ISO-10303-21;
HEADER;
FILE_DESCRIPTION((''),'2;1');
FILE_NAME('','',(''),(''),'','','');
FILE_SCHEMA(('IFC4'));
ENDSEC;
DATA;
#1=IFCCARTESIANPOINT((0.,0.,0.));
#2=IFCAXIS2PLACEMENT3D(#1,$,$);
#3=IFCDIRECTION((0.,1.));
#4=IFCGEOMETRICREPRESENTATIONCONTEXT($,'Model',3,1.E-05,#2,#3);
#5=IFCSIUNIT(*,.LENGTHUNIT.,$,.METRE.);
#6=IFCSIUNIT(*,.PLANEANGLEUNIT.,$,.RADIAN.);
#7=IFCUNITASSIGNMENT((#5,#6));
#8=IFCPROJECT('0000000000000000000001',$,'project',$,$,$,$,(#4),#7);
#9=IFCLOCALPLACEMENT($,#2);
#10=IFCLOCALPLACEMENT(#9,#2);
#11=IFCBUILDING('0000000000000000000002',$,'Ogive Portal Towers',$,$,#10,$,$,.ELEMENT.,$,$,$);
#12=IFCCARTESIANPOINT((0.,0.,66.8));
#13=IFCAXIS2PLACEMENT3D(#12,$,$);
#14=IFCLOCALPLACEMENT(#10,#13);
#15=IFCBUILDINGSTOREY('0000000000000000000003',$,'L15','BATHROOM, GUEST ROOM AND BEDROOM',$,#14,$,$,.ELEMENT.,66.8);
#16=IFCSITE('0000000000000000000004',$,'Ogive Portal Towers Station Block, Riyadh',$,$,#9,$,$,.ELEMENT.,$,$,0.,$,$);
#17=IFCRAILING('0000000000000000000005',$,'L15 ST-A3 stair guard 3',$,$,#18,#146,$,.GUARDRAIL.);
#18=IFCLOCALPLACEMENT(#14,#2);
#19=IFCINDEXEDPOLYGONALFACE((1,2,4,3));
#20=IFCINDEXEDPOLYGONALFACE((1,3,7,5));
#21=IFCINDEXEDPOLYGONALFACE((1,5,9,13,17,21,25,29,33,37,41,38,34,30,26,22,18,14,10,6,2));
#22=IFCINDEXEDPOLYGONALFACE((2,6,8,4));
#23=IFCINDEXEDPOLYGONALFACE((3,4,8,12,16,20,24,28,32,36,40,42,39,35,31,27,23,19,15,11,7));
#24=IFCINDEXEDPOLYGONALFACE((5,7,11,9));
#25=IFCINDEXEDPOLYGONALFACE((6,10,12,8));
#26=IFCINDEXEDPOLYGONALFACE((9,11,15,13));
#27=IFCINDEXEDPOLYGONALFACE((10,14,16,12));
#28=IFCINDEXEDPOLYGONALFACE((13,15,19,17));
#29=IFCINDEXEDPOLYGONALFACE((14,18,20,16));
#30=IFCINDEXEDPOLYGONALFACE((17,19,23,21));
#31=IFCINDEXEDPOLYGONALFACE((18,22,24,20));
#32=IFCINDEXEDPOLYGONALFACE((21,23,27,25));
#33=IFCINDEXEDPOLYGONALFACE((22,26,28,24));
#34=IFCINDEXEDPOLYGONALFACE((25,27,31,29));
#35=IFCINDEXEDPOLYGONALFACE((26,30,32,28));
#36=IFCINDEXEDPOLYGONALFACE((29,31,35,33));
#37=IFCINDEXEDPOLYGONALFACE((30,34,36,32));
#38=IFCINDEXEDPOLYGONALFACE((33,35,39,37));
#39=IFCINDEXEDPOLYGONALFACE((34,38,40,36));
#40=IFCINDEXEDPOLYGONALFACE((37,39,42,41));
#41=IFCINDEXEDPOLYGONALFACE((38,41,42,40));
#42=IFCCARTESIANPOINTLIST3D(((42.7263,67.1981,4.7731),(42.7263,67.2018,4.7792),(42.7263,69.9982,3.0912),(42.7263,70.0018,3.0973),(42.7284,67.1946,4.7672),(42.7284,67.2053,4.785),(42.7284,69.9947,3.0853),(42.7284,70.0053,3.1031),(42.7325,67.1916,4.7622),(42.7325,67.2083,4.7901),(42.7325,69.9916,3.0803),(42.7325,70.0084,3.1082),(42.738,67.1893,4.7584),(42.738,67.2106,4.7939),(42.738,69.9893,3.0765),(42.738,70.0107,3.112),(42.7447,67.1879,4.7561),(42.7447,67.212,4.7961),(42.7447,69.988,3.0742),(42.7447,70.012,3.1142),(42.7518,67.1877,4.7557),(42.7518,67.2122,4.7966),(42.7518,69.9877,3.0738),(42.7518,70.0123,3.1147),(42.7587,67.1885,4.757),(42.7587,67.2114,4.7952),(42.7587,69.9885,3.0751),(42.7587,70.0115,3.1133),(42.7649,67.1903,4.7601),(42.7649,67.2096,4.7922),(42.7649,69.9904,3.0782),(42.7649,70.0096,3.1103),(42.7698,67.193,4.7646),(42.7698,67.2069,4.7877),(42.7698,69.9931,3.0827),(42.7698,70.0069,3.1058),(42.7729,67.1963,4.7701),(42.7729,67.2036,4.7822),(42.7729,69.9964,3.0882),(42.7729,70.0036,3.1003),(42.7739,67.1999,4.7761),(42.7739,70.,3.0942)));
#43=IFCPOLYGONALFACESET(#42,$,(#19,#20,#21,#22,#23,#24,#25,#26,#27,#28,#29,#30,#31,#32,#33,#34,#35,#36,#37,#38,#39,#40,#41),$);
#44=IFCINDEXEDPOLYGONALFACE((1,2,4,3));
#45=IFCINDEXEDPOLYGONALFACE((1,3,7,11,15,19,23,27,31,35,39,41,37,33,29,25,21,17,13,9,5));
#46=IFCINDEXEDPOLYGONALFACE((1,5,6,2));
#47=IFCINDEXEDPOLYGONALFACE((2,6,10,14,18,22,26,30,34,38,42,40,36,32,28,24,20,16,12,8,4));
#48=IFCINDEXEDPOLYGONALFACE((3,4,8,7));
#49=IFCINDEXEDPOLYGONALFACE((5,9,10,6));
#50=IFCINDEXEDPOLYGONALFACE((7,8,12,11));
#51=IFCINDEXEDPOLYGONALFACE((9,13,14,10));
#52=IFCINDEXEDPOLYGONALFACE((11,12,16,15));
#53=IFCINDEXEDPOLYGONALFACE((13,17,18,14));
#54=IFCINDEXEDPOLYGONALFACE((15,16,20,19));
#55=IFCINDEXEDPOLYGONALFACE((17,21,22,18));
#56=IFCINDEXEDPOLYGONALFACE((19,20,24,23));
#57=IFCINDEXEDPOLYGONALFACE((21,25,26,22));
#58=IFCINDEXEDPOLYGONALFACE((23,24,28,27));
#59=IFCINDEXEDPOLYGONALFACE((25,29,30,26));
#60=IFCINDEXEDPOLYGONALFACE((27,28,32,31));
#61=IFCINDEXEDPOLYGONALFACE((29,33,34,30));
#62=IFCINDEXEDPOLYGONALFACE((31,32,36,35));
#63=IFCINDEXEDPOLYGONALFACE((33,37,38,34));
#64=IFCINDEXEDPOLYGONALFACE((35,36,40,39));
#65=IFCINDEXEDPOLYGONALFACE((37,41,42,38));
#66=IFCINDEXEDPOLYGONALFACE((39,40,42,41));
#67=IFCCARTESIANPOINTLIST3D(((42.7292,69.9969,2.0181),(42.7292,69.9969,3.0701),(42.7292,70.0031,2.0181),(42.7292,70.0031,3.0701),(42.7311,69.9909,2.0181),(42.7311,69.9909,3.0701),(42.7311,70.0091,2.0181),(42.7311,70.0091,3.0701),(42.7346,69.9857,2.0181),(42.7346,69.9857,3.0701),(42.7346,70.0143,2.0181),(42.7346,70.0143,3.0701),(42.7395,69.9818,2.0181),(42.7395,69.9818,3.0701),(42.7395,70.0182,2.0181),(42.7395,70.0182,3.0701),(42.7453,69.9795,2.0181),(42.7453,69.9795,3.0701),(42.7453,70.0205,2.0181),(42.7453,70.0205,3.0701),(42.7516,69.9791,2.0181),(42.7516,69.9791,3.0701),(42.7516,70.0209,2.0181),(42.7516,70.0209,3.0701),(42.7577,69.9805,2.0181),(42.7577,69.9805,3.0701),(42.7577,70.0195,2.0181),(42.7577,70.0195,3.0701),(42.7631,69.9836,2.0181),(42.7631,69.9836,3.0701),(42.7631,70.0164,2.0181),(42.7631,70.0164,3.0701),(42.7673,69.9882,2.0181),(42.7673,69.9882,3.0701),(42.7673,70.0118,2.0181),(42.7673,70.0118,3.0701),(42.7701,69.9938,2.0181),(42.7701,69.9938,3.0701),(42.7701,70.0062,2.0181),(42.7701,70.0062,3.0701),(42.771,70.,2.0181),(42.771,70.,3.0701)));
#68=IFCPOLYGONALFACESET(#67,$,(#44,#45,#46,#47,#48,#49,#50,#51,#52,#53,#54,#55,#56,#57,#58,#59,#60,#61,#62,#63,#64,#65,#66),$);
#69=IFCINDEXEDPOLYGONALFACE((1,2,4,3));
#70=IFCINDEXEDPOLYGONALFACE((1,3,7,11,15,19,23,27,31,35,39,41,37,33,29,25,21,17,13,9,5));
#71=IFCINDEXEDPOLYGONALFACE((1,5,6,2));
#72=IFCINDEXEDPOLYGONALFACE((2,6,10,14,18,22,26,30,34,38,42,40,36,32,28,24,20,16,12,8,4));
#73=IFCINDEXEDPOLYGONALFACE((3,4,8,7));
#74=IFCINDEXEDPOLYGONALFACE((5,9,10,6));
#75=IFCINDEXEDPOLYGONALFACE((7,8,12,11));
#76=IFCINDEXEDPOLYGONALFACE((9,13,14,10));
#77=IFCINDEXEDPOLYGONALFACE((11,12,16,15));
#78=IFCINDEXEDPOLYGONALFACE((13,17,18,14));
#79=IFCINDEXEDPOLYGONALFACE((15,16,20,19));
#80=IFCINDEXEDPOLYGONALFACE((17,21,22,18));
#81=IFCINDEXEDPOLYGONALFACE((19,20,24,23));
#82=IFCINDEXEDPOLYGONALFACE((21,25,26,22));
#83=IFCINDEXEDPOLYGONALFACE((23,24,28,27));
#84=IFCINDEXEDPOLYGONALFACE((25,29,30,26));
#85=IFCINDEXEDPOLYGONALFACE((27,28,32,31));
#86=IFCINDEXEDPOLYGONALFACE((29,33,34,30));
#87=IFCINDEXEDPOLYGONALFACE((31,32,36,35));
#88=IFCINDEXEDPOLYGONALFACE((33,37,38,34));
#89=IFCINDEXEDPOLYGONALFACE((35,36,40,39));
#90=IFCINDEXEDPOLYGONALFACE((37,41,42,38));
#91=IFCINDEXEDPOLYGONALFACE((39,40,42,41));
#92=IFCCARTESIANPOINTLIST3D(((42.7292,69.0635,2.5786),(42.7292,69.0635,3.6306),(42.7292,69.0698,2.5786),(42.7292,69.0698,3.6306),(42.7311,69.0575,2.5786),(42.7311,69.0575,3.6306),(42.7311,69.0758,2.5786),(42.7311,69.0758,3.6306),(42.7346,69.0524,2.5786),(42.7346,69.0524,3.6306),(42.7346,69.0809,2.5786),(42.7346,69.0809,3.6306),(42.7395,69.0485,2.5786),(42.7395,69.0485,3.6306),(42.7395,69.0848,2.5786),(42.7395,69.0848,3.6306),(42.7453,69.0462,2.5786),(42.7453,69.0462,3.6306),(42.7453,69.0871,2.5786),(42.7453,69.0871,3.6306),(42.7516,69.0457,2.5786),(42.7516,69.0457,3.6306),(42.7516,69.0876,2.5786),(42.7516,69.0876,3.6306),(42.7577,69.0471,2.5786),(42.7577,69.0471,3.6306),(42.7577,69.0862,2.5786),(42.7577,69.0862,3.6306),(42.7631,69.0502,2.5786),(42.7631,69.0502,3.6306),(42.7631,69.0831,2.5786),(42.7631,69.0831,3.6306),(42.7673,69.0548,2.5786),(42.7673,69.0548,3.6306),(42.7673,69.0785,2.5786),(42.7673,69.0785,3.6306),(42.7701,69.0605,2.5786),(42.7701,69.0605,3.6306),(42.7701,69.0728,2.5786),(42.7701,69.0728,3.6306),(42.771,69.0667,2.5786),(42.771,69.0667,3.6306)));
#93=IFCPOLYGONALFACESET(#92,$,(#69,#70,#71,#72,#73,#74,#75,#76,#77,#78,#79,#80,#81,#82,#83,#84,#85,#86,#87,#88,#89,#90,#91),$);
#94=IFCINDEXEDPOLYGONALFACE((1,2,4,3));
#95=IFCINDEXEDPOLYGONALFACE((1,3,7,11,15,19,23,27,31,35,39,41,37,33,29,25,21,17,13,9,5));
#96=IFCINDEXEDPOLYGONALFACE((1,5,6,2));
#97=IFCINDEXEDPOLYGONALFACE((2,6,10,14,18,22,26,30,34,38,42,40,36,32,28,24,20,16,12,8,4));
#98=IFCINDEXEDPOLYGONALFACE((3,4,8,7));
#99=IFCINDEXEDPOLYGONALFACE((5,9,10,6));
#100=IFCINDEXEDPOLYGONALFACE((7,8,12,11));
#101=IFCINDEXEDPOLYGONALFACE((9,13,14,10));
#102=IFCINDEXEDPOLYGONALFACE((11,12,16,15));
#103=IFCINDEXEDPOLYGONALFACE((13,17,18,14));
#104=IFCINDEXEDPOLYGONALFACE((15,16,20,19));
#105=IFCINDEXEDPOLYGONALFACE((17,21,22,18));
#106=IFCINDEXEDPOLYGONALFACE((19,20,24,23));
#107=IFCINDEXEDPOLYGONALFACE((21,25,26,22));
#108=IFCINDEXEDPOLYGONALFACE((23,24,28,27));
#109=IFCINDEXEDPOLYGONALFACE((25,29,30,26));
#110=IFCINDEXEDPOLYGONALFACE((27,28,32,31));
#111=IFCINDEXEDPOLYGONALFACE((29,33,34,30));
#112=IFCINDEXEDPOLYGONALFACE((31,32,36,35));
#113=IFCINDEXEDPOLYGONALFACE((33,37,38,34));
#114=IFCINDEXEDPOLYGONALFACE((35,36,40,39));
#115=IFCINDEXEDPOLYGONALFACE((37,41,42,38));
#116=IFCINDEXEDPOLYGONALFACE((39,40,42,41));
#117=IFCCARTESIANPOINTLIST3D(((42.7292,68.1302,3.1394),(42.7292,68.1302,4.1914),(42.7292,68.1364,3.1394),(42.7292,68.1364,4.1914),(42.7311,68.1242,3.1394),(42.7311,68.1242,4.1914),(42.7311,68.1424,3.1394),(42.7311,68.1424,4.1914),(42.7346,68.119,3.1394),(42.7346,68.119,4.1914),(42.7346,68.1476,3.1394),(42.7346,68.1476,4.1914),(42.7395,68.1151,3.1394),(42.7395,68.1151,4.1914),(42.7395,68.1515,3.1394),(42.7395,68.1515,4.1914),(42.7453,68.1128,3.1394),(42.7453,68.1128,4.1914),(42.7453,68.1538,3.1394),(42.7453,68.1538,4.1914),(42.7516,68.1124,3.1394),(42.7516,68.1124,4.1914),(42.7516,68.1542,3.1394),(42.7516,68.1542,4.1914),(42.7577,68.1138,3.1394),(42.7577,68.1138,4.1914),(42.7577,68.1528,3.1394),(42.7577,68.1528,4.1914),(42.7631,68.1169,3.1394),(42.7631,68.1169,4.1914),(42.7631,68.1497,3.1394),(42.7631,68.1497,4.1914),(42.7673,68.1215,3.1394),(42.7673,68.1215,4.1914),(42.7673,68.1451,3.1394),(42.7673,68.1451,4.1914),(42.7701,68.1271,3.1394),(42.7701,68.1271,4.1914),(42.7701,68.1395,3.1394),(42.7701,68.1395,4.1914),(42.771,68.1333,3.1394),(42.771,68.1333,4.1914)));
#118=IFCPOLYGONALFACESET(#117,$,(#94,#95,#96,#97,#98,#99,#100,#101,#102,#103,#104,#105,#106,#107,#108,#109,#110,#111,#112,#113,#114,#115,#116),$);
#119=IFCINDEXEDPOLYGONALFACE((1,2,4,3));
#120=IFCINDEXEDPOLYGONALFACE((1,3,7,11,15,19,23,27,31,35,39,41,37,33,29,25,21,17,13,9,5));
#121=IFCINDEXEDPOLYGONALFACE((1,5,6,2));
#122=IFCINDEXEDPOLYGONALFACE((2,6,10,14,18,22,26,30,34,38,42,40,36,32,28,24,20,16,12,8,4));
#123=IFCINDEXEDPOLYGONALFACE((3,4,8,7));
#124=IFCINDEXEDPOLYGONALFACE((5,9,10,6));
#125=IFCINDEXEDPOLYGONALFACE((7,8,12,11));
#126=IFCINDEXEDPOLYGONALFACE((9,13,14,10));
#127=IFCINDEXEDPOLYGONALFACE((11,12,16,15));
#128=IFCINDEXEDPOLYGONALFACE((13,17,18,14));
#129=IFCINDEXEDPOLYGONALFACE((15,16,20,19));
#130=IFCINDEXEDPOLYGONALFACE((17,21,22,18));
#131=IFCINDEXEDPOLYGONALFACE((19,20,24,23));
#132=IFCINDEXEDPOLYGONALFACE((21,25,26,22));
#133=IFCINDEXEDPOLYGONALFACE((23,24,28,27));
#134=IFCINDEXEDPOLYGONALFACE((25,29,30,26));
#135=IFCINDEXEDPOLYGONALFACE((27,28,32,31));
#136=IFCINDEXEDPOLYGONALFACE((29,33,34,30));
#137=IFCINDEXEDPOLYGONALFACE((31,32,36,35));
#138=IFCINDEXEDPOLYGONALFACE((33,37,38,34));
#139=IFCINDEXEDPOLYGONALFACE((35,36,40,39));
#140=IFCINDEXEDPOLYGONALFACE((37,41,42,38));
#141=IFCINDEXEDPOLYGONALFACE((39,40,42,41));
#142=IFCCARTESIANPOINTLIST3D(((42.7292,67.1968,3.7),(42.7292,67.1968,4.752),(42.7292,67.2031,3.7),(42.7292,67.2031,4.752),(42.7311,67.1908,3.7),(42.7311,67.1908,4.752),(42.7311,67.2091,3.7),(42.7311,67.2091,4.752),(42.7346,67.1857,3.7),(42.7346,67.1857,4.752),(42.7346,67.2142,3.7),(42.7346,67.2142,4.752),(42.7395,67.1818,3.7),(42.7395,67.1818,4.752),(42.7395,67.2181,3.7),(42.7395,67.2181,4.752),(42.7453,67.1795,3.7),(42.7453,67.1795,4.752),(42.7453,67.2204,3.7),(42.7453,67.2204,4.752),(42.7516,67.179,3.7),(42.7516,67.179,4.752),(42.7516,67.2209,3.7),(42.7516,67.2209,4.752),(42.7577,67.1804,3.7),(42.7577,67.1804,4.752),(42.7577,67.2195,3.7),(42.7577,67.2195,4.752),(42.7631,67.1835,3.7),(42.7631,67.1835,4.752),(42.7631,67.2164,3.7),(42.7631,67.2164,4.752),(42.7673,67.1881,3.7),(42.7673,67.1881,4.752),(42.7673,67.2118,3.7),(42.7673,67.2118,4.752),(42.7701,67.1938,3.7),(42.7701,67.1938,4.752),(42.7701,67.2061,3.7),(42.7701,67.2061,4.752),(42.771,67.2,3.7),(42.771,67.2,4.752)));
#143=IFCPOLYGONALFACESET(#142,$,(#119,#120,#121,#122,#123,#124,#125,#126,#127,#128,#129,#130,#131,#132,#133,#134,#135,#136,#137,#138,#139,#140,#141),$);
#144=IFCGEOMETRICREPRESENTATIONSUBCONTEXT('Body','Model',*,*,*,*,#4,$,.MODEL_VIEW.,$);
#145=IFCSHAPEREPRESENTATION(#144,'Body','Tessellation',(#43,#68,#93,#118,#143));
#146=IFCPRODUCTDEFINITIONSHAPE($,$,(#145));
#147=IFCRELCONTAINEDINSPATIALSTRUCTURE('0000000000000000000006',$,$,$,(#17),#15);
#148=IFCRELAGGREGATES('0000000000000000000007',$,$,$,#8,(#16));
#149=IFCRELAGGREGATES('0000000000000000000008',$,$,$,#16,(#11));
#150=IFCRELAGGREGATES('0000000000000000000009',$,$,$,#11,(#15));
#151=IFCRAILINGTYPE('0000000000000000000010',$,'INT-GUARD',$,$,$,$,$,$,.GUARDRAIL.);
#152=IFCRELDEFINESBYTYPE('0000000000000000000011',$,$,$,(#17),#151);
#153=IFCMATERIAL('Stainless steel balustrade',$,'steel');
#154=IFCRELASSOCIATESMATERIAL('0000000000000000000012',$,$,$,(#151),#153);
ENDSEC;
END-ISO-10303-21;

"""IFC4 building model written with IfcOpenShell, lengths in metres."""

from ifc_helpers import new_model, si_unit, direction, frame, origin, origin_2d, place, context, subcontext, project, spatial, circle, extrude, material, type_object, element, save


model = new_model("IFC4")

# Units and contexts
model_context = context("Model", 3, precision=1e-05, world=origin(), true_north=direction((0.0, 1.0)))
body_context = subcontext(model_context, "Body", "Model", "MODEL_VIEW")
ifc_project = project(units=[si_unit("LENGTHUNIT", "METRE"), si_unit("PLANEANGLEUNIT", "RADIAN")], contexts=[model_context])

# Site, building, storey
site_placement = place(None, origin())
site = spatial("IfcSite", under=ifc_project, at=site_placement, Name="Ogive Portal Towers Station Block, Riyadh", CompositionType="ELEMENT", RefElevation=0.0)
building_placement = place(site_placement, origin())
building = spatial("IfcBuilding", under=site, at=building_placement, Name="Ogive Portal Towers", CompositionType="ELEMENT")
storey_placement = place(building_placement, frame((0.0, 0.0, 66.8)))
storey = spatial("IfcBuildingStorey", under=building, at=storey_placement, Name="L15", Description="BATHROOM, GUEST ROOM AND BEDROOM", CompositionType="ELEMENT", Elevation=66.8)

# Railing
ifc_material_1 = material(Name="Stainless steel balustrade", Category="steel")
railing_type_1 = type_object("IfcRailingType", Name="INT-GUARD", PredefinedType="GUARDRAIL", material=ifc_material_1)
railing_1_placement = place(storey_placement, frame((42.75, 70.0, 2.0181)))
element("IfcRailing", 1, at=railing_1_placement, inside=storey, type_object=railing_type_1, Name="L15 ST-A3 stair guard 3", PredefinedType="GUARDRAIL", context=body_context, shape_type="SweptSolid", body=[
    extrude(circle(Radius=0.0239, at=origin_2d()), frame((0.0, 0.0, 1.0762), z_axis=(0.0, -0.857242, 0.514913), x_axis=(1.0, 0.0, 0.0)), (0.0, 0.0, 1.0), 3.2664),
    extrude(circle(Radius=0.021, at=origin_2d()), origin(), (0.0, 0.0, 1.0), 1.052),
    extrude(circle(Radius=0.021, at=origin_2d()), frame((0.0, -0.9333, 0.5605)), (0.0, 0.0, 1.0), 1.052),
    extrude(circle(Radius=0.021, at=origin_2d()), frame((0.0, -1.8667, 1.1213)), (0.0, 0.0, 1.0), 1.052),
    extrude(circle(Radius=0.021, at=origin_2d()), frame((0.0, -2.8, 1.6819)), (0.0, 0.0, 1.0), 1.052),
])

save(model, "model.ifc")
